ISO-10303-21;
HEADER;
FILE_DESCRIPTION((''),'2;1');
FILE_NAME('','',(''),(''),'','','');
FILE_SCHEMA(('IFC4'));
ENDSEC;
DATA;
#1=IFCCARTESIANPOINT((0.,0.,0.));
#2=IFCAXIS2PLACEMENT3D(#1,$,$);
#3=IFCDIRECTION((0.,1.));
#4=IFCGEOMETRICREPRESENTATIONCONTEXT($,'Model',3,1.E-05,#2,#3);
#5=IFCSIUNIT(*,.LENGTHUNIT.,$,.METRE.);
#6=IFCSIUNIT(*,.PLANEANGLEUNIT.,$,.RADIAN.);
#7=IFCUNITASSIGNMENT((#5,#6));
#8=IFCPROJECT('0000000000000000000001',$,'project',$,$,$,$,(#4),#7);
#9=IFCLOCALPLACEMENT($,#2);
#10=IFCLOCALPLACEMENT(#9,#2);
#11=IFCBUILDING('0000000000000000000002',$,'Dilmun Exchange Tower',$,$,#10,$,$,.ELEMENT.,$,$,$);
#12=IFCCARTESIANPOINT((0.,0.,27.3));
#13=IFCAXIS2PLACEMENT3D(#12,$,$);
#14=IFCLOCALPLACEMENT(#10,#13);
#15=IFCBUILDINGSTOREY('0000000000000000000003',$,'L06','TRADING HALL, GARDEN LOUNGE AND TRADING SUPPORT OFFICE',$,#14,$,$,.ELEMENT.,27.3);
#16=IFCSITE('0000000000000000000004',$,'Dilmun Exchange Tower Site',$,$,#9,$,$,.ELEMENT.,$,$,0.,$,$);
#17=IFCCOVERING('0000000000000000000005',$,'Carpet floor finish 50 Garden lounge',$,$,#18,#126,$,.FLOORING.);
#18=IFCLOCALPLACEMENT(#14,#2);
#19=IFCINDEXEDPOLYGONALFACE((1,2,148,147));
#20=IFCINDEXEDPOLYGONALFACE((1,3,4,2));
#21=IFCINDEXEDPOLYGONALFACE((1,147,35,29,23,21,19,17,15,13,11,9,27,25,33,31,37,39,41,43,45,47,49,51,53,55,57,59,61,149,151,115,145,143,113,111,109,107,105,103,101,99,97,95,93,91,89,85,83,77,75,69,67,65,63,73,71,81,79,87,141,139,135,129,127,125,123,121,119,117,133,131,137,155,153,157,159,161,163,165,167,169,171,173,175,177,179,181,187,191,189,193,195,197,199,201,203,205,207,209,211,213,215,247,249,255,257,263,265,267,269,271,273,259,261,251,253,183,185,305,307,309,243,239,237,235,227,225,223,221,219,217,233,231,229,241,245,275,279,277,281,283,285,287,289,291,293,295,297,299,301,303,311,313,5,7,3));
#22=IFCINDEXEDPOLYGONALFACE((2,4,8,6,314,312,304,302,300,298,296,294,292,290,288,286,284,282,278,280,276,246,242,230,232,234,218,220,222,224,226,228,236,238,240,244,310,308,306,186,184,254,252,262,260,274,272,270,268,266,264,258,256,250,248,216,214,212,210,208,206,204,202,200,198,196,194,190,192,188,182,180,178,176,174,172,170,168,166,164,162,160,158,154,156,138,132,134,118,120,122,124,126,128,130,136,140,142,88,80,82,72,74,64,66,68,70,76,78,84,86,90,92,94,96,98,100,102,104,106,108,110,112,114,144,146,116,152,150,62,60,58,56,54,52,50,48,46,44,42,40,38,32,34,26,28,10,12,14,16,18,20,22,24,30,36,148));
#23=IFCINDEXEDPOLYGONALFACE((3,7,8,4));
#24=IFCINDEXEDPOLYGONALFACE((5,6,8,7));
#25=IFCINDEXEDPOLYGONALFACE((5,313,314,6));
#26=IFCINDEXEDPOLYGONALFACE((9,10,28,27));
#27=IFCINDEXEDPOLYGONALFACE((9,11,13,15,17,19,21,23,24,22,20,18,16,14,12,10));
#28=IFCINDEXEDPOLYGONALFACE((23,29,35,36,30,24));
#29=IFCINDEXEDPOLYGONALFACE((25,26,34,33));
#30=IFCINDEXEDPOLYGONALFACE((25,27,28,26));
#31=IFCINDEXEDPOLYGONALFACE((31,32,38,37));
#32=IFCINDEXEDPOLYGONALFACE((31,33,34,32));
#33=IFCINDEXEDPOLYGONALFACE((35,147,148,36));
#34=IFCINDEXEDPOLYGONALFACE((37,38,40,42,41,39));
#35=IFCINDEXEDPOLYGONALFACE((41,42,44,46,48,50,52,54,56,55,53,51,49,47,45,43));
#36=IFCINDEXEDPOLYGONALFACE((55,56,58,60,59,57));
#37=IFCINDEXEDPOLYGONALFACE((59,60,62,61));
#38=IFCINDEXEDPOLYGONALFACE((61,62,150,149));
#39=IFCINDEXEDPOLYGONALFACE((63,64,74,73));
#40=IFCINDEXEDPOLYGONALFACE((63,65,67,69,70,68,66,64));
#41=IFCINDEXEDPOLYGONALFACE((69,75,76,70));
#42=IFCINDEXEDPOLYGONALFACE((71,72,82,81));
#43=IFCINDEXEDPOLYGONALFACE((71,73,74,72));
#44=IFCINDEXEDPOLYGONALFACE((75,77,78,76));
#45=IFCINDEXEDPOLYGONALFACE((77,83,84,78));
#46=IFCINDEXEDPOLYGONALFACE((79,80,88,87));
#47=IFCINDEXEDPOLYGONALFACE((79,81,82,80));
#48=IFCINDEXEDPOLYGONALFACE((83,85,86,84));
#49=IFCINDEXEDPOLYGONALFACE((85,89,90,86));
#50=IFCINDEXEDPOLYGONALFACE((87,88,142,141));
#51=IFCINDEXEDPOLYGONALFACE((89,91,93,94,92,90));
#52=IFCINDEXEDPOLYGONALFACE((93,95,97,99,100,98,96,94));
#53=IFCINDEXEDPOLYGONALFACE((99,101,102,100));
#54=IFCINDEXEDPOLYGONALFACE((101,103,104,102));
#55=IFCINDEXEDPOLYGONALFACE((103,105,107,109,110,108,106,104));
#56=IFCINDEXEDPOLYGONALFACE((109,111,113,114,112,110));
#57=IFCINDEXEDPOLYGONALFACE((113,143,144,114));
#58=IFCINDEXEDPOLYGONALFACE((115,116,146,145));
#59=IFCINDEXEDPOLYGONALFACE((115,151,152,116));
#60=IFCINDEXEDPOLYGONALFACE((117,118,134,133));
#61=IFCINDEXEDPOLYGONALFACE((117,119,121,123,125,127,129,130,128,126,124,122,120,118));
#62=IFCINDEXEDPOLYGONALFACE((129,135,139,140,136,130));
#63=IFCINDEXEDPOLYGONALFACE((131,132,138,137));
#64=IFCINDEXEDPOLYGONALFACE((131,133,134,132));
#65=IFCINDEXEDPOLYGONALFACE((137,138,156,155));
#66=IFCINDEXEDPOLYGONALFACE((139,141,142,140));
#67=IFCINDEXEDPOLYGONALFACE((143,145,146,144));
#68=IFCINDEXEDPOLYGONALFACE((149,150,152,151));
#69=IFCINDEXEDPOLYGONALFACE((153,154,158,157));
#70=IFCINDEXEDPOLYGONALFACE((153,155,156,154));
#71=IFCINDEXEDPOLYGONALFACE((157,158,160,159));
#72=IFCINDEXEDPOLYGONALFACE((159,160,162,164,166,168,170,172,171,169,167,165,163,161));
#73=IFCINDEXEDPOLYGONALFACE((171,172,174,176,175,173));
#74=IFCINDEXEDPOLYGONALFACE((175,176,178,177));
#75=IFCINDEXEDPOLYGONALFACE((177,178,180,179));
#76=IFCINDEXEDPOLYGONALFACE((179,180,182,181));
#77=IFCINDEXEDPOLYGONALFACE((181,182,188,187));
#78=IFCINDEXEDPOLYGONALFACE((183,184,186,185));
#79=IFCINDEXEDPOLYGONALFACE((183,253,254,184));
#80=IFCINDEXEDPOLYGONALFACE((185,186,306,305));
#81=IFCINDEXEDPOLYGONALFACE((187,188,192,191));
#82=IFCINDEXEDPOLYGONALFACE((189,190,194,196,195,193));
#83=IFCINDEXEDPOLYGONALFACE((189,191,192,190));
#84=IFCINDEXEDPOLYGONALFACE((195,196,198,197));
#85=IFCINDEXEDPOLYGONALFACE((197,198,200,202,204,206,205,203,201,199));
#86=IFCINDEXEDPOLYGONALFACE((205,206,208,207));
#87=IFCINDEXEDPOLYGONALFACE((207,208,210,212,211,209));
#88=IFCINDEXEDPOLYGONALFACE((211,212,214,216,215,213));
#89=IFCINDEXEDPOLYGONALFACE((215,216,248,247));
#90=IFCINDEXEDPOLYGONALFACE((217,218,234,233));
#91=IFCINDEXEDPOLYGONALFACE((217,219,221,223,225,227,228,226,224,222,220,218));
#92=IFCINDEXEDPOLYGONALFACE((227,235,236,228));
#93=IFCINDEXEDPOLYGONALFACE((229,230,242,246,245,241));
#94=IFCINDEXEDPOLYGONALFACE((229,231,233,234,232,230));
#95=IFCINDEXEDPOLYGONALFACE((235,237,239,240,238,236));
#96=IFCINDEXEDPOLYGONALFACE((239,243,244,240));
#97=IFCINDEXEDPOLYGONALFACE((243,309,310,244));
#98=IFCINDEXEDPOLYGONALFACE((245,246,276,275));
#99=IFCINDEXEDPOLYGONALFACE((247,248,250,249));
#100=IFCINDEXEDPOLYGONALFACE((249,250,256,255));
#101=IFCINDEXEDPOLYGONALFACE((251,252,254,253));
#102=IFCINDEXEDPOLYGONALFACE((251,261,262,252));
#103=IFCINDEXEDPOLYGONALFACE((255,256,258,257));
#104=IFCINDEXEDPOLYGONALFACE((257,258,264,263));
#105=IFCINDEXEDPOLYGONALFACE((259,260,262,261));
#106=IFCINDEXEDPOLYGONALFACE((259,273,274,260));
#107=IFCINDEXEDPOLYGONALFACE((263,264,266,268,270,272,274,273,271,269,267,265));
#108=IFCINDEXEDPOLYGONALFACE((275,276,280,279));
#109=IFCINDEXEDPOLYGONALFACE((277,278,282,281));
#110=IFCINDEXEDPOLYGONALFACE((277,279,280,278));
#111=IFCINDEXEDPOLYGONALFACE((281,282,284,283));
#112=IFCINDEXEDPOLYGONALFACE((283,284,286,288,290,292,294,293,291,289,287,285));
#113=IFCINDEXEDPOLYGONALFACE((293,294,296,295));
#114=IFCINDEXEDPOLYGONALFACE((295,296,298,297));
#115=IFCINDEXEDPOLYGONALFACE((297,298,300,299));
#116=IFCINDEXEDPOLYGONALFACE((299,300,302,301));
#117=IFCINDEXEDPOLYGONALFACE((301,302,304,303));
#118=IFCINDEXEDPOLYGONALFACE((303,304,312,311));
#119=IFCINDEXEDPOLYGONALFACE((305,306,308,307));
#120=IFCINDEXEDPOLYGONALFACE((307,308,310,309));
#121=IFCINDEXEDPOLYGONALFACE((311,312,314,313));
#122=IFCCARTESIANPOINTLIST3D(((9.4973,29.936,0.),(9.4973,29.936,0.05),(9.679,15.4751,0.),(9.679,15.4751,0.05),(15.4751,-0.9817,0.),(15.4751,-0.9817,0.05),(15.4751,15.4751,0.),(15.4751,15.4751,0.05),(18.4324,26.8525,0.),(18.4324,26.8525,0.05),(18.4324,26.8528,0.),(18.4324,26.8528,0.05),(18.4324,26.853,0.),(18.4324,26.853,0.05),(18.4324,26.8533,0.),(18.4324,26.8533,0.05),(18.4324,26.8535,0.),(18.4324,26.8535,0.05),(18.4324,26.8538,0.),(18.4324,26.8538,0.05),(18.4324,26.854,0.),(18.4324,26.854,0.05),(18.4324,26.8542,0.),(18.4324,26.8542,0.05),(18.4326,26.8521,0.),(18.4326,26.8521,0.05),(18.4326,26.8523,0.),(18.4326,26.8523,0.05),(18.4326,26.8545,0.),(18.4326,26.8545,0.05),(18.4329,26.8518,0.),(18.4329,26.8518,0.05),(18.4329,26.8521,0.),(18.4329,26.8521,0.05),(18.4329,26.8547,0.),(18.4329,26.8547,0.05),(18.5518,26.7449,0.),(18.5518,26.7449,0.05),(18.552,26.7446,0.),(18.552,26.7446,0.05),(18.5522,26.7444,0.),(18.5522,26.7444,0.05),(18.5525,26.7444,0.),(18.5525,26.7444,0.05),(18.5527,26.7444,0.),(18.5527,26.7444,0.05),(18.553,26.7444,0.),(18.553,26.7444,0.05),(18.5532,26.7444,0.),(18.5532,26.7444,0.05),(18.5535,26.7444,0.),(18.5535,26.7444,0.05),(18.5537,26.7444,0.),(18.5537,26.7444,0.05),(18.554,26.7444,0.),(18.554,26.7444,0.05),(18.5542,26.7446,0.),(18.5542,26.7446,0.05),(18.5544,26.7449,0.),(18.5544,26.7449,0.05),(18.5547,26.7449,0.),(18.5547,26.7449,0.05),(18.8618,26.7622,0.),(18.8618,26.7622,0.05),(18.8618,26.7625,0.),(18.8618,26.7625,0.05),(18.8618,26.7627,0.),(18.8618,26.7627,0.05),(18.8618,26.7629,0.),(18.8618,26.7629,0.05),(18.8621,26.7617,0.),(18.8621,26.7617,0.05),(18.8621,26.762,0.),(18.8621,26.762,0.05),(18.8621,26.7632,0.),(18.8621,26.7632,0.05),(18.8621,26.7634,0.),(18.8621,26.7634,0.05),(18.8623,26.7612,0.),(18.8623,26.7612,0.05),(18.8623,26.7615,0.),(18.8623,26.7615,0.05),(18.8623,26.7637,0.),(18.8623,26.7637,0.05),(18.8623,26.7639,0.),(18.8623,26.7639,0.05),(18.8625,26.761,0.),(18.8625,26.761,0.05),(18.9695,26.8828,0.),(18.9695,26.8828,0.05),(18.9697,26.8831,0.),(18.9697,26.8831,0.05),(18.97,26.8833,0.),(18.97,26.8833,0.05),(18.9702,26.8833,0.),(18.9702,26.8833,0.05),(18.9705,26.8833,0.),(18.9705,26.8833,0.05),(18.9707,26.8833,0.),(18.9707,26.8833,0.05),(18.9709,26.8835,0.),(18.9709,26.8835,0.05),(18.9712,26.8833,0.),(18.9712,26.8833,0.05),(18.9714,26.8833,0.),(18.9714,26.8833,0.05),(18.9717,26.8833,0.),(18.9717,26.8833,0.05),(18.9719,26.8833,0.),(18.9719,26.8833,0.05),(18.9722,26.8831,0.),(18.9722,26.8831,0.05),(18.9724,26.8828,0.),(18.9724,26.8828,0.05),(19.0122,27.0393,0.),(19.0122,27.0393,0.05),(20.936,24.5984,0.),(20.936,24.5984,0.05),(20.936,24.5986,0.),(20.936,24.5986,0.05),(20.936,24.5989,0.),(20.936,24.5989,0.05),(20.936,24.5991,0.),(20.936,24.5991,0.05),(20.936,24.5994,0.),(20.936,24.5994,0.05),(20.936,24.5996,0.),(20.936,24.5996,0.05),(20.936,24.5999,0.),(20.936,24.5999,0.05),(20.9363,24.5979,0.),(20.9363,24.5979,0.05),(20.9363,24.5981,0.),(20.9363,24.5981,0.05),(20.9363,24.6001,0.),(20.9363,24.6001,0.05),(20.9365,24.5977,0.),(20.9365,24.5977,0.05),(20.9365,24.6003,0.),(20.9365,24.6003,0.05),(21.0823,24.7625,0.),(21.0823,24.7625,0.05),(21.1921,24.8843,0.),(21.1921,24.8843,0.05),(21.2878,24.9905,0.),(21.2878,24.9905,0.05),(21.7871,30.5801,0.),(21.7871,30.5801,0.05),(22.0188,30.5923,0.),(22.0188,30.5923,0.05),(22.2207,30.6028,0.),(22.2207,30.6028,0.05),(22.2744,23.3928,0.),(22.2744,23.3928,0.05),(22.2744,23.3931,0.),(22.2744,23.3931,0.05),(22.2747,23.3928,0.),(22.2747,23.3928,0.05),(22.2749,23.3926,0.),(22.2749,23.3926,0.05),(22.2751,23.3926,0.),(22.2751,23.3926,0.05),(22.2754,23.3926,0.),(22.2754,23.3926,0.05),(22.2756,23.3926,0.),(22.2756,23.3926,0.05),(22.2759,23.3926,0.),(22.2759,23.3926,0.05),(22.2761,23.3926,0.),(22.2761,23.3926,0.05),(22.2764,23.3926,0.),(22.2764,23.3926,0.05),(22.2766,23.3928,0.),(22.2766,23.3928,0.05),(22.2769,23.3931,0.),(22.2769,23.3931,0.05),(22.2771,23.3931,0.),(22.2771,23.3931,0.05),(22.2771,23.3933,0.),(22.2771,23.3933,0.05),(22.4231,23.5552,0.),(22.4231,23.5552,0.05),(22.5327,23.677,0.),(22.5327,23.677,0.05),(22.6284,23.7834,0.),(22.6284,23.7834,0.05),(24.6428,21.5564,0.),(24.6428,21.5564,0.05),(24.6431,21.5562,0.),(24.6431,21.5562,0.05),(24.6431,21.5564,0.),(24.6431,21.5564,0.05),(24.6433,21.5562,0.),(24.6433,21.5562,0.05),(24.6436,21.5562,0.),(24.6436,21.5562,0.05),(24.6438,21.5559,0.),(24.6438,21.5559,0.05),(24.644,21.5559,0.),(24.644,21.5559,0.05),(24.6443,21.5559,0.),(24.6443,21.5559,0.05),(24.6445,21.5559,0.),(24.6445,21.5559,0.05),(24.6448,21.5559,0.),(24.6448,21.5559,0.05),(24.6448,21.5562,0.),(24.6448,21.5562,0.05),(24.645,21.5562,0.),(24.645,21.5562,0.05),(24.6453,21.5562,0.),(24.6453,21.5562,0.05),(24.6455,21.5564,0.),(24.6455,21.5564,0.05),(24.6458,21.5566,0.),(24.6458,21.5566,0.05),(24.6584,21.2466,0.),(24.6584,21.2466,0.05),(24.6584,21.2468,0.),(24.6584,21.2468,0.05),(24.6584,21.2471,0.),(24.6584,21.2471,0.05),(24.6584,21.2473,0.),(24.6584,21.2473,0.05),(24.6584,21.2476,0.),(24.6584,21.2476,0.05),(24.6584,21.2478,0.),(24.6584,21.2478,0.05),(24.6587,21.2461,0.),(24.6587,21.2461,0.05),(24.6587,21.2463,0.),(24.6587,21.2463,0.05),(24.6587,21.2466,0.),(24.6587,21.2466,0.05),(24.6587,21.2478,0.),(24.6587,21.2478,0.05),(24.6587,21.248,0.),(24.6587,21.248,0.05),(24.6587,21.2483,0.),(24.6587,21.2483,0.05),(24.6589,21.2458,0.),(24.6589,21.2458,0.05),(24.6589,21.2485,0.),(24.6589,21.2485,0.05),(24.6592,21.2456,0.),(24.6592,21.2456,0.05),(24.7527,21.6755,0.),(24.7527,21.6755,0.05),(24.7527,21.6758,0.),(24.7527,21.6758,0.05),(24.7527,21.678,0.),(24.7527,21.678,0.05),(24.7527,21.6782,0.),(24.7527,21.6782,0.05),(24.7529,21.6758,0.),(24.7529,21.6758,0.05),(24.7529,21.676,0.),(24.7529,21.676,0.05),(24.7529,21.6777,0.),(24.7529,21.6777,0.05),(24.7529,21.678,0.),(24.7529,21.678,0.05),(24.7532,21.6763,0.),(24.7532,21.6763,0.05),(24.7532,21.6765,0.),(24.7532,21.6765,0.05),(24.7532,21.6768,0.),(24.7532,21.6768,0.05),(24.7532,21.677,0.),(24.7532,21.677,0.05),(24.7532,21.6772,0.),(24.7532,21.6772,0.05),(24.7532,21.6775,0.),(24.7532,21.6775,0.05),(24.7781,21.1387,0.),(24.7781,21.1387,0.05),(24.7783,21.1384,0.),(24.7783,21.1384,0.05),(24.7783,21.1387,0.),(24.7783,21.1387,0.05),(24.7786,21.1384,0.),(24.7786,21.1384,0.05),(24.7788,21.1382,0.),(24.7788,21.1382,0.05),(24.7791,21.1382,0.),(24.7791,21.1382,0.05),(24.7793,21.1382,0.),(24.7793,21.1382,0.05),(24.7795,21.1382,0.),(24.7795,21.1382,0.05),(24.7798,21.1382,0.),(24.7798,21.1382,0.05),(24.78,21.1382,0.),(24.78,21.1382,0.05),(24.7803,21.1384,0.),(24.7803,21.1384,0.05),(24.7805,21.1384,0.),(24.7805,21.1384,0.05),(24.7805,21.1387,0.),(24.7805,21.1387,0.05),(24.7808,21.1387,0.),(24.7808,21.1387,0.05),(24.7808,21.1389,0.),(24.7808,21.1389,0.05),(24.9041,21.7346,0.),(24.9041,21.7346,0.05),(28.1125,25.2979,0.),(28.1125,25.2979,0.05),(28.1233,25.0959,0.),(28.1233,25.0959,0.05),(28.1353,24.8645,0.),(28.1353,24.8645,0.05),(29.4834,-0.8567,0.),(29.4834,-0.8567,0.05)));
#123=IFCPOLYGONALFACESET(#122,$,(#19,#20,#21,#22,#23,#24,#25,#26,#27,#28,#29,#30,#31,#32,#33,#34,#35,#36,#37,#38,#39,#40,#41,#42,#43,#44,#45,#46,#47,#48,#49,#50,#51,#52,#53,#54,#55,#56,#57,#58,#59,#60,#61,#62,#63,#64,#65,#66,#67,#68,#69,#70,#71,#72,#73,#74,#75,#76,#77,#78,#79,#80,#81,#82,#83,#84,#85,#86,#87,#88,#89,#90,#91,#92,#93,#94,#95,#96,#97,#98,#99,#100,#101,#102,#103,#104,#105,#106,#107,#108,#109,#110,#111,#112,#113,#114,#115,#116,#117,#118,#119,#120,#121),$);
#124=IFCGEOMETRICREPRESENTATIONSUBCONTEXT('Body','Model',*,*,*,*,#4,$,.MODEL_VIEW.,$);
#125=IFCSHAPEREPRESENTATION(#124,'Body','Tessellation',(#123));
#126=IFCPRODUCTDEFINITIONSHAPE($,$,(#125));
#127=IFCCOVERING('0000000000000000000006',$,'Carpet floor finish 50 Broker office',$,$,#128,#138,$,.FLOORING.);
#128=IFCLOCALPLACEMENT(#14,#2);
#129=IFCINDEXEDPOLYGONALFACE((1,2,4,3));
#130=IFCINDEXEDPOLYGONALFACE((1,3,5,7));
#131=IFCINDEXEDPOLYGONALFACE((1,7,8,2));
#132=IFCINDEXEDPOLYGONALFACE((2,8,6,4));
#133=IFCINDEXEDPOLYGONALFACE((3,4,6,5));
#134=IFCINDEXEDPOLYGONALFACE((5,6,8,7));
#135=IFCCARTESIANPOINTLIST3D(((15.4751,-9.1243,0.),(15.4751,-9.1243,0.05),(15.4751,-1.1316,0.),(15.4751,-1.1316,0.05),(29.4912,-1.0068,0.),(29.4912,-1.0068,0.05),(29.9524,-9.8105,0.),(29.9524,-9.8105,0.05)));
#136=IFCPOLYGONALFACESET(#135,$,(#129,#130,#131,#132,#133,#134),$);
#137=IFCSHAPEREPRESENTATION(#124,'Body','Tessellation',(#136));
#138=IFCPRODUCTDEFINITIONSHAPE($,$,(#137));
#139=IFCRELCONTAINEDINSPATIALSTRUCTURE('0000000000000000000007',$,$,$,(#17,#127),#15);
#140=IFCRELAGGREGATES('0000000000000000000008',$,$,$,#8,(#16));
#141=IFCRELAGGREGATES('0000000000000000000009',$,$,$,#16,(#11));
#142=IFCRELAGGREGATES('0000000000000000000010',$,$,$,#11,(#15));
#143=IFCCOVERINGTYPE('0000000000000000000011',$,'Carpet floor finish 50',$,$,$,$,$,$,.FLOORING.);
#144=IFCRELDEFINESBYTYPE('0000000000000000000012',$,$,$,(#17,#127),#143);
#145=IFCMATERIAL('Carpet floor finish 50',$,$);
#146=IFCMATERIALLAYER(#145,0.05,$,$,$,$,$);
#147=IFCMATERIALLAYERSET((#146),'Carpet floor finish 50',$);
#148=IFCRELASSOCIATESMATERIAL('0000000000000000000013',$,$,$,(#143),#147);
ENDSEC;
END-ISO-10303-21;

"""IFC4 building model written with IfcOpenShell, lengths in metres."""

from ifc_helpers import new_model, si_unit, direction, frame, origin, place, context, subcontext, project, spatial, polyline, outline, extrude, material, layer, layer_set, type_object, element, save


model = new_model("IFC4")

# Units and contexts
model_context = context("Model", 3, precision=1e-05, world=origin(), true_north=direction((0.0, 1.0)))
body_context = subcontext(model_context, "Body", "Model", "MODEL_VIEW")
ifc_project = project(units=[si_unit("LENGTHUNIT", "METRE"), si_unit("PLANEANGLEUNIT", "RADIAN")], contexts=[model_context])

# Site, building, storey
site_placement = place(None, origin())
site = spatial("IfcSite", under=ifc_project, at=site_placement, Name="Dilmun Exchange Tower Site", CompositionType="ELEMENT", RefElevation=0.0)
building_placement = place(site_placement, origin())
building = spatial("IfcBuilding", under=site, at=building_placement, Name="Dilmun Exchange Tower", CompositionType="ELEMENT")
storey_placement = place(building_placement, frame((0.0, 0.0, 27.3)))
storey = spatial("IfcBuildingStorey", under=building, at=storey_placement, Name="L06", Description="TRADING HALL, GARDEN LOUNGE AND TRADING SUPPORT OFFICE", CompositionType="ELEMENT", Elevation=27.3)

# Coverings
ifc_material_1 = material(Name="Carpet floor finish 50")
ifc_layer_1 = layer(ifc_material_1, 0.05)
ifc_layer_set_1 = layer_set([ifc_layer_1], Name="Carpet floor finish 50")
covering_type = type_object("IfcCoveringType", Name="Carpet floor finish 50", PredefinedType="FLOORING", material=ifc_layer_set_1)
covering_1_placement = place(storey_placement, origin())
element("IfcCovering", 1, at=covering_1_placement, inside=storey, type_object=covering_type, Name="Carpet floor finish 50 Garden lounge", PredefinedType="FLOORING", context=body_context, shape_type="SweptSolid", body=[
    extrude(outline(polyline([(19.0122, 27.0393), (21.2878, 24.9905), (21.1921, 24.8843), (18.9724, 26.8828), (18.9722, 26.8831), (18.9719, 26.8833), (18.9717, 26.8833), (18.9717, 26.8833), (18.9714, 26.8833), (18.9712, 26.8833), (18.9709, 26.8835), (18.9707, 26.8833), (18.9707, 26.8833), (18.9705, 26.8833), (18.9702, 26.8833), (18.9702, 26.8833), (18.97, 26.8833), (18.9697, 26.8831), (18.9695, 26.8828), (18.9695, 26.8828), (18.8623, 26.7639), (18.8623, 26.7637), (18.8623, 26.7637), (18.8621, 26.7634), (18.8621, 26.7632), (18.8618, 26.7629), (18.8618, 26.7627), (18.8618, 26.7627), (18.8618, 26.7625), (18.8618, 26.7622), (18.8618, 26.7622), (18.8621, 26.762), (18.8621, 26.7617), (18.8623, 26.7615), (18.8623, 26.7615), (18.8623, 26.7612), (18.8625, 26.761), (21.0823, 24.7625), (20.9365, 24.6003), (20.9363, 24.6001), (20.9363, 24.6001), (20.936, 24.5999), (20.936, 24.5996), (20.936, 24.5996), (20.936, 24.5994), (20.936, 24.5991), (20.936, 24.5991), (20.936, 24.5989), (20.936, 24.5986), (20.936, 24.5984), (20.9363, 24.5981), (20.9363, 24.5979), (20.9363, 24.5979), (20.9365, 24.5977), (20.9365, 24.5977), (22.2744, 23.3931), (22.2744, 23.3928), (22.2747, 23.3928), (22.2749, 23.3926), (22.2749, 23.3926), (22.2751, 23.3926), (22.2754, 23.3926), (22.2756, 23.3926), (22.2759, 23.3926), (22.2759, 23.3926), (22.2761, 23.3926), (22.2764, 23.3926), (22.2766, 23.3928), (22.2766, 23.3928), (22.2769, 23.3931), (22.2771, 23.3931), (22.2771, 23.3933), (22.4231, 23.5552), (24.6428, 21.5564), (24.6431, 21.5564), (24.6431, 21.5562), (24.6433, 21.5562), (24.6436, 21.5562), (24.6438, 21.5559), (24.6438, 21.5559), (24.644, 21.5559), (24.6443, 21.5559), (24.6445, 21.5559), (24.6448, 21.5559), (24.6448, 21.5562), (24.645, 21.5562), (24.6453, 21.5562), (24.6455, 21.5564), (24.6455, 21.5564), (24.6458, 21.5566), (24.7527, 21.6755), (24.7527, 21.6758), (24.7529, 21.6758), (24.7529, 21.676), (24.7532, 21.6763), (24.7532, 21.6765), (24.7532, 21.6765), (24.7532, 21.6768), (24.7532, 21.677), (24.7532, 21.6772), (24.7532, 21.6772), (24.7532, 21.6775), (24.7529, 21.6777), (24.7529, 21.678), (24.7527, 21.678), (24.7527, 21.6782), (24.7527, 21.6782), (22.5327, 23.677), (22.6284, 23.7834), (24.9041, 21.7346), (28.1125, 25.2979), (28.1233, 25.0959), (24.6589, 21.2485), (24.6587, 21.2483), (24.6587, 21.2483), (24.6587, 21.248), (24.6587, 21.2478), (24.6584, 21.2478), (24.6584, 21.2476), (24.6584, 21.2473), (24.6584, 21.2471), (24.6584, 21.2468), (24.6584, 21.2466), (24.6587, 21.2466), (24.6587, 21.2463), (24.6587, 21.2461), (24.6587, 21.2461), (24.6589, 21.2458), (24.6592, 21.2456), (24.7781, 21.1387), (24.7783, 21.1387), (24.7783, 21.1384), (24.7786, 21.1384), (24.7788, 21.1382), (24.7788, 21.1382), (24.7791, 21.1382), (24.7793, 21.1382), (24.7795, 21.1382), (24.7798, 21.1382), (24.7798, 21.1382), (24.78, 21.1382), (24.7803, 21.1384), (24.7805, 21.1384), (24.7805, 21.1387), (24.7808, 21.1387), (24.7808, 21.1389), (28.1353, 24.8645), (29.4834, -0.8567), (15.4751, -0.9817), (15.4751, 15.4751), (9.679, 15.4751), (9.4973, 29.936), (21.7871, 30.5801), (18.4329, 26.8547), (18.4326, 26.8545), (18.4326, 26.8545), (18.4324, 26.8542), (18.4324, 26.854), (18.4324, 26.8538), (18.4324, 26.8535), (18.4324, 26.8535), (18.4324, 26.8533), (18.4324, 26.853), (18.4324, 26.8528), (18.4324, 26.8528), (18.4324, 26.8525), (18.4326, 26.8523), (18.4326, 26.8521), (18.4329, 26.8521), (18.4329, 26.8518), (18.5518, 26.7449), (18.552, 26.7446), (18.552, 26.7446), (18.5522, 26.7444), (18.5525, 26.7444), (18.5527, 26.7444), (18.553, 26.7444), (18.553, 26.7444), (18.5532, 26.7444), (18.5535, 26.7444), (18.5537, 26.7444), (18.5537, 26.7444), (18.554, 26.7444), (18.5542, 26.7446), (18.5542, 26.7446), (18.5544, 26.7449), (18.5547, 26.7449), (22.0188, 30.5923), (22.2207, 30.6028), (19.0122, 27.0393)])), origin(), (0.0, 0.0, 1.0), 0.05),
])
covering_2_placement = place(storey_placement, origin())
element("IfcCovering", 2, at=covering_2_placement, inside=storey, type_object=covering_type, Name="Carpet floor finish 50 Broker office", PredefinedType="FLOORING", context=body_context, shape_type="SweptSolid", body=[
    extrude(outline(polyline([(15.4751, -9.1243), (15.4751, -1.1316), (29.4912, -1.0068), (29.9524, -9.8105), (15.4751, -9.1243)])), origin(), (0.0, 0.0, 1.0), 0.05),
])

save(model, "model.ifc")
